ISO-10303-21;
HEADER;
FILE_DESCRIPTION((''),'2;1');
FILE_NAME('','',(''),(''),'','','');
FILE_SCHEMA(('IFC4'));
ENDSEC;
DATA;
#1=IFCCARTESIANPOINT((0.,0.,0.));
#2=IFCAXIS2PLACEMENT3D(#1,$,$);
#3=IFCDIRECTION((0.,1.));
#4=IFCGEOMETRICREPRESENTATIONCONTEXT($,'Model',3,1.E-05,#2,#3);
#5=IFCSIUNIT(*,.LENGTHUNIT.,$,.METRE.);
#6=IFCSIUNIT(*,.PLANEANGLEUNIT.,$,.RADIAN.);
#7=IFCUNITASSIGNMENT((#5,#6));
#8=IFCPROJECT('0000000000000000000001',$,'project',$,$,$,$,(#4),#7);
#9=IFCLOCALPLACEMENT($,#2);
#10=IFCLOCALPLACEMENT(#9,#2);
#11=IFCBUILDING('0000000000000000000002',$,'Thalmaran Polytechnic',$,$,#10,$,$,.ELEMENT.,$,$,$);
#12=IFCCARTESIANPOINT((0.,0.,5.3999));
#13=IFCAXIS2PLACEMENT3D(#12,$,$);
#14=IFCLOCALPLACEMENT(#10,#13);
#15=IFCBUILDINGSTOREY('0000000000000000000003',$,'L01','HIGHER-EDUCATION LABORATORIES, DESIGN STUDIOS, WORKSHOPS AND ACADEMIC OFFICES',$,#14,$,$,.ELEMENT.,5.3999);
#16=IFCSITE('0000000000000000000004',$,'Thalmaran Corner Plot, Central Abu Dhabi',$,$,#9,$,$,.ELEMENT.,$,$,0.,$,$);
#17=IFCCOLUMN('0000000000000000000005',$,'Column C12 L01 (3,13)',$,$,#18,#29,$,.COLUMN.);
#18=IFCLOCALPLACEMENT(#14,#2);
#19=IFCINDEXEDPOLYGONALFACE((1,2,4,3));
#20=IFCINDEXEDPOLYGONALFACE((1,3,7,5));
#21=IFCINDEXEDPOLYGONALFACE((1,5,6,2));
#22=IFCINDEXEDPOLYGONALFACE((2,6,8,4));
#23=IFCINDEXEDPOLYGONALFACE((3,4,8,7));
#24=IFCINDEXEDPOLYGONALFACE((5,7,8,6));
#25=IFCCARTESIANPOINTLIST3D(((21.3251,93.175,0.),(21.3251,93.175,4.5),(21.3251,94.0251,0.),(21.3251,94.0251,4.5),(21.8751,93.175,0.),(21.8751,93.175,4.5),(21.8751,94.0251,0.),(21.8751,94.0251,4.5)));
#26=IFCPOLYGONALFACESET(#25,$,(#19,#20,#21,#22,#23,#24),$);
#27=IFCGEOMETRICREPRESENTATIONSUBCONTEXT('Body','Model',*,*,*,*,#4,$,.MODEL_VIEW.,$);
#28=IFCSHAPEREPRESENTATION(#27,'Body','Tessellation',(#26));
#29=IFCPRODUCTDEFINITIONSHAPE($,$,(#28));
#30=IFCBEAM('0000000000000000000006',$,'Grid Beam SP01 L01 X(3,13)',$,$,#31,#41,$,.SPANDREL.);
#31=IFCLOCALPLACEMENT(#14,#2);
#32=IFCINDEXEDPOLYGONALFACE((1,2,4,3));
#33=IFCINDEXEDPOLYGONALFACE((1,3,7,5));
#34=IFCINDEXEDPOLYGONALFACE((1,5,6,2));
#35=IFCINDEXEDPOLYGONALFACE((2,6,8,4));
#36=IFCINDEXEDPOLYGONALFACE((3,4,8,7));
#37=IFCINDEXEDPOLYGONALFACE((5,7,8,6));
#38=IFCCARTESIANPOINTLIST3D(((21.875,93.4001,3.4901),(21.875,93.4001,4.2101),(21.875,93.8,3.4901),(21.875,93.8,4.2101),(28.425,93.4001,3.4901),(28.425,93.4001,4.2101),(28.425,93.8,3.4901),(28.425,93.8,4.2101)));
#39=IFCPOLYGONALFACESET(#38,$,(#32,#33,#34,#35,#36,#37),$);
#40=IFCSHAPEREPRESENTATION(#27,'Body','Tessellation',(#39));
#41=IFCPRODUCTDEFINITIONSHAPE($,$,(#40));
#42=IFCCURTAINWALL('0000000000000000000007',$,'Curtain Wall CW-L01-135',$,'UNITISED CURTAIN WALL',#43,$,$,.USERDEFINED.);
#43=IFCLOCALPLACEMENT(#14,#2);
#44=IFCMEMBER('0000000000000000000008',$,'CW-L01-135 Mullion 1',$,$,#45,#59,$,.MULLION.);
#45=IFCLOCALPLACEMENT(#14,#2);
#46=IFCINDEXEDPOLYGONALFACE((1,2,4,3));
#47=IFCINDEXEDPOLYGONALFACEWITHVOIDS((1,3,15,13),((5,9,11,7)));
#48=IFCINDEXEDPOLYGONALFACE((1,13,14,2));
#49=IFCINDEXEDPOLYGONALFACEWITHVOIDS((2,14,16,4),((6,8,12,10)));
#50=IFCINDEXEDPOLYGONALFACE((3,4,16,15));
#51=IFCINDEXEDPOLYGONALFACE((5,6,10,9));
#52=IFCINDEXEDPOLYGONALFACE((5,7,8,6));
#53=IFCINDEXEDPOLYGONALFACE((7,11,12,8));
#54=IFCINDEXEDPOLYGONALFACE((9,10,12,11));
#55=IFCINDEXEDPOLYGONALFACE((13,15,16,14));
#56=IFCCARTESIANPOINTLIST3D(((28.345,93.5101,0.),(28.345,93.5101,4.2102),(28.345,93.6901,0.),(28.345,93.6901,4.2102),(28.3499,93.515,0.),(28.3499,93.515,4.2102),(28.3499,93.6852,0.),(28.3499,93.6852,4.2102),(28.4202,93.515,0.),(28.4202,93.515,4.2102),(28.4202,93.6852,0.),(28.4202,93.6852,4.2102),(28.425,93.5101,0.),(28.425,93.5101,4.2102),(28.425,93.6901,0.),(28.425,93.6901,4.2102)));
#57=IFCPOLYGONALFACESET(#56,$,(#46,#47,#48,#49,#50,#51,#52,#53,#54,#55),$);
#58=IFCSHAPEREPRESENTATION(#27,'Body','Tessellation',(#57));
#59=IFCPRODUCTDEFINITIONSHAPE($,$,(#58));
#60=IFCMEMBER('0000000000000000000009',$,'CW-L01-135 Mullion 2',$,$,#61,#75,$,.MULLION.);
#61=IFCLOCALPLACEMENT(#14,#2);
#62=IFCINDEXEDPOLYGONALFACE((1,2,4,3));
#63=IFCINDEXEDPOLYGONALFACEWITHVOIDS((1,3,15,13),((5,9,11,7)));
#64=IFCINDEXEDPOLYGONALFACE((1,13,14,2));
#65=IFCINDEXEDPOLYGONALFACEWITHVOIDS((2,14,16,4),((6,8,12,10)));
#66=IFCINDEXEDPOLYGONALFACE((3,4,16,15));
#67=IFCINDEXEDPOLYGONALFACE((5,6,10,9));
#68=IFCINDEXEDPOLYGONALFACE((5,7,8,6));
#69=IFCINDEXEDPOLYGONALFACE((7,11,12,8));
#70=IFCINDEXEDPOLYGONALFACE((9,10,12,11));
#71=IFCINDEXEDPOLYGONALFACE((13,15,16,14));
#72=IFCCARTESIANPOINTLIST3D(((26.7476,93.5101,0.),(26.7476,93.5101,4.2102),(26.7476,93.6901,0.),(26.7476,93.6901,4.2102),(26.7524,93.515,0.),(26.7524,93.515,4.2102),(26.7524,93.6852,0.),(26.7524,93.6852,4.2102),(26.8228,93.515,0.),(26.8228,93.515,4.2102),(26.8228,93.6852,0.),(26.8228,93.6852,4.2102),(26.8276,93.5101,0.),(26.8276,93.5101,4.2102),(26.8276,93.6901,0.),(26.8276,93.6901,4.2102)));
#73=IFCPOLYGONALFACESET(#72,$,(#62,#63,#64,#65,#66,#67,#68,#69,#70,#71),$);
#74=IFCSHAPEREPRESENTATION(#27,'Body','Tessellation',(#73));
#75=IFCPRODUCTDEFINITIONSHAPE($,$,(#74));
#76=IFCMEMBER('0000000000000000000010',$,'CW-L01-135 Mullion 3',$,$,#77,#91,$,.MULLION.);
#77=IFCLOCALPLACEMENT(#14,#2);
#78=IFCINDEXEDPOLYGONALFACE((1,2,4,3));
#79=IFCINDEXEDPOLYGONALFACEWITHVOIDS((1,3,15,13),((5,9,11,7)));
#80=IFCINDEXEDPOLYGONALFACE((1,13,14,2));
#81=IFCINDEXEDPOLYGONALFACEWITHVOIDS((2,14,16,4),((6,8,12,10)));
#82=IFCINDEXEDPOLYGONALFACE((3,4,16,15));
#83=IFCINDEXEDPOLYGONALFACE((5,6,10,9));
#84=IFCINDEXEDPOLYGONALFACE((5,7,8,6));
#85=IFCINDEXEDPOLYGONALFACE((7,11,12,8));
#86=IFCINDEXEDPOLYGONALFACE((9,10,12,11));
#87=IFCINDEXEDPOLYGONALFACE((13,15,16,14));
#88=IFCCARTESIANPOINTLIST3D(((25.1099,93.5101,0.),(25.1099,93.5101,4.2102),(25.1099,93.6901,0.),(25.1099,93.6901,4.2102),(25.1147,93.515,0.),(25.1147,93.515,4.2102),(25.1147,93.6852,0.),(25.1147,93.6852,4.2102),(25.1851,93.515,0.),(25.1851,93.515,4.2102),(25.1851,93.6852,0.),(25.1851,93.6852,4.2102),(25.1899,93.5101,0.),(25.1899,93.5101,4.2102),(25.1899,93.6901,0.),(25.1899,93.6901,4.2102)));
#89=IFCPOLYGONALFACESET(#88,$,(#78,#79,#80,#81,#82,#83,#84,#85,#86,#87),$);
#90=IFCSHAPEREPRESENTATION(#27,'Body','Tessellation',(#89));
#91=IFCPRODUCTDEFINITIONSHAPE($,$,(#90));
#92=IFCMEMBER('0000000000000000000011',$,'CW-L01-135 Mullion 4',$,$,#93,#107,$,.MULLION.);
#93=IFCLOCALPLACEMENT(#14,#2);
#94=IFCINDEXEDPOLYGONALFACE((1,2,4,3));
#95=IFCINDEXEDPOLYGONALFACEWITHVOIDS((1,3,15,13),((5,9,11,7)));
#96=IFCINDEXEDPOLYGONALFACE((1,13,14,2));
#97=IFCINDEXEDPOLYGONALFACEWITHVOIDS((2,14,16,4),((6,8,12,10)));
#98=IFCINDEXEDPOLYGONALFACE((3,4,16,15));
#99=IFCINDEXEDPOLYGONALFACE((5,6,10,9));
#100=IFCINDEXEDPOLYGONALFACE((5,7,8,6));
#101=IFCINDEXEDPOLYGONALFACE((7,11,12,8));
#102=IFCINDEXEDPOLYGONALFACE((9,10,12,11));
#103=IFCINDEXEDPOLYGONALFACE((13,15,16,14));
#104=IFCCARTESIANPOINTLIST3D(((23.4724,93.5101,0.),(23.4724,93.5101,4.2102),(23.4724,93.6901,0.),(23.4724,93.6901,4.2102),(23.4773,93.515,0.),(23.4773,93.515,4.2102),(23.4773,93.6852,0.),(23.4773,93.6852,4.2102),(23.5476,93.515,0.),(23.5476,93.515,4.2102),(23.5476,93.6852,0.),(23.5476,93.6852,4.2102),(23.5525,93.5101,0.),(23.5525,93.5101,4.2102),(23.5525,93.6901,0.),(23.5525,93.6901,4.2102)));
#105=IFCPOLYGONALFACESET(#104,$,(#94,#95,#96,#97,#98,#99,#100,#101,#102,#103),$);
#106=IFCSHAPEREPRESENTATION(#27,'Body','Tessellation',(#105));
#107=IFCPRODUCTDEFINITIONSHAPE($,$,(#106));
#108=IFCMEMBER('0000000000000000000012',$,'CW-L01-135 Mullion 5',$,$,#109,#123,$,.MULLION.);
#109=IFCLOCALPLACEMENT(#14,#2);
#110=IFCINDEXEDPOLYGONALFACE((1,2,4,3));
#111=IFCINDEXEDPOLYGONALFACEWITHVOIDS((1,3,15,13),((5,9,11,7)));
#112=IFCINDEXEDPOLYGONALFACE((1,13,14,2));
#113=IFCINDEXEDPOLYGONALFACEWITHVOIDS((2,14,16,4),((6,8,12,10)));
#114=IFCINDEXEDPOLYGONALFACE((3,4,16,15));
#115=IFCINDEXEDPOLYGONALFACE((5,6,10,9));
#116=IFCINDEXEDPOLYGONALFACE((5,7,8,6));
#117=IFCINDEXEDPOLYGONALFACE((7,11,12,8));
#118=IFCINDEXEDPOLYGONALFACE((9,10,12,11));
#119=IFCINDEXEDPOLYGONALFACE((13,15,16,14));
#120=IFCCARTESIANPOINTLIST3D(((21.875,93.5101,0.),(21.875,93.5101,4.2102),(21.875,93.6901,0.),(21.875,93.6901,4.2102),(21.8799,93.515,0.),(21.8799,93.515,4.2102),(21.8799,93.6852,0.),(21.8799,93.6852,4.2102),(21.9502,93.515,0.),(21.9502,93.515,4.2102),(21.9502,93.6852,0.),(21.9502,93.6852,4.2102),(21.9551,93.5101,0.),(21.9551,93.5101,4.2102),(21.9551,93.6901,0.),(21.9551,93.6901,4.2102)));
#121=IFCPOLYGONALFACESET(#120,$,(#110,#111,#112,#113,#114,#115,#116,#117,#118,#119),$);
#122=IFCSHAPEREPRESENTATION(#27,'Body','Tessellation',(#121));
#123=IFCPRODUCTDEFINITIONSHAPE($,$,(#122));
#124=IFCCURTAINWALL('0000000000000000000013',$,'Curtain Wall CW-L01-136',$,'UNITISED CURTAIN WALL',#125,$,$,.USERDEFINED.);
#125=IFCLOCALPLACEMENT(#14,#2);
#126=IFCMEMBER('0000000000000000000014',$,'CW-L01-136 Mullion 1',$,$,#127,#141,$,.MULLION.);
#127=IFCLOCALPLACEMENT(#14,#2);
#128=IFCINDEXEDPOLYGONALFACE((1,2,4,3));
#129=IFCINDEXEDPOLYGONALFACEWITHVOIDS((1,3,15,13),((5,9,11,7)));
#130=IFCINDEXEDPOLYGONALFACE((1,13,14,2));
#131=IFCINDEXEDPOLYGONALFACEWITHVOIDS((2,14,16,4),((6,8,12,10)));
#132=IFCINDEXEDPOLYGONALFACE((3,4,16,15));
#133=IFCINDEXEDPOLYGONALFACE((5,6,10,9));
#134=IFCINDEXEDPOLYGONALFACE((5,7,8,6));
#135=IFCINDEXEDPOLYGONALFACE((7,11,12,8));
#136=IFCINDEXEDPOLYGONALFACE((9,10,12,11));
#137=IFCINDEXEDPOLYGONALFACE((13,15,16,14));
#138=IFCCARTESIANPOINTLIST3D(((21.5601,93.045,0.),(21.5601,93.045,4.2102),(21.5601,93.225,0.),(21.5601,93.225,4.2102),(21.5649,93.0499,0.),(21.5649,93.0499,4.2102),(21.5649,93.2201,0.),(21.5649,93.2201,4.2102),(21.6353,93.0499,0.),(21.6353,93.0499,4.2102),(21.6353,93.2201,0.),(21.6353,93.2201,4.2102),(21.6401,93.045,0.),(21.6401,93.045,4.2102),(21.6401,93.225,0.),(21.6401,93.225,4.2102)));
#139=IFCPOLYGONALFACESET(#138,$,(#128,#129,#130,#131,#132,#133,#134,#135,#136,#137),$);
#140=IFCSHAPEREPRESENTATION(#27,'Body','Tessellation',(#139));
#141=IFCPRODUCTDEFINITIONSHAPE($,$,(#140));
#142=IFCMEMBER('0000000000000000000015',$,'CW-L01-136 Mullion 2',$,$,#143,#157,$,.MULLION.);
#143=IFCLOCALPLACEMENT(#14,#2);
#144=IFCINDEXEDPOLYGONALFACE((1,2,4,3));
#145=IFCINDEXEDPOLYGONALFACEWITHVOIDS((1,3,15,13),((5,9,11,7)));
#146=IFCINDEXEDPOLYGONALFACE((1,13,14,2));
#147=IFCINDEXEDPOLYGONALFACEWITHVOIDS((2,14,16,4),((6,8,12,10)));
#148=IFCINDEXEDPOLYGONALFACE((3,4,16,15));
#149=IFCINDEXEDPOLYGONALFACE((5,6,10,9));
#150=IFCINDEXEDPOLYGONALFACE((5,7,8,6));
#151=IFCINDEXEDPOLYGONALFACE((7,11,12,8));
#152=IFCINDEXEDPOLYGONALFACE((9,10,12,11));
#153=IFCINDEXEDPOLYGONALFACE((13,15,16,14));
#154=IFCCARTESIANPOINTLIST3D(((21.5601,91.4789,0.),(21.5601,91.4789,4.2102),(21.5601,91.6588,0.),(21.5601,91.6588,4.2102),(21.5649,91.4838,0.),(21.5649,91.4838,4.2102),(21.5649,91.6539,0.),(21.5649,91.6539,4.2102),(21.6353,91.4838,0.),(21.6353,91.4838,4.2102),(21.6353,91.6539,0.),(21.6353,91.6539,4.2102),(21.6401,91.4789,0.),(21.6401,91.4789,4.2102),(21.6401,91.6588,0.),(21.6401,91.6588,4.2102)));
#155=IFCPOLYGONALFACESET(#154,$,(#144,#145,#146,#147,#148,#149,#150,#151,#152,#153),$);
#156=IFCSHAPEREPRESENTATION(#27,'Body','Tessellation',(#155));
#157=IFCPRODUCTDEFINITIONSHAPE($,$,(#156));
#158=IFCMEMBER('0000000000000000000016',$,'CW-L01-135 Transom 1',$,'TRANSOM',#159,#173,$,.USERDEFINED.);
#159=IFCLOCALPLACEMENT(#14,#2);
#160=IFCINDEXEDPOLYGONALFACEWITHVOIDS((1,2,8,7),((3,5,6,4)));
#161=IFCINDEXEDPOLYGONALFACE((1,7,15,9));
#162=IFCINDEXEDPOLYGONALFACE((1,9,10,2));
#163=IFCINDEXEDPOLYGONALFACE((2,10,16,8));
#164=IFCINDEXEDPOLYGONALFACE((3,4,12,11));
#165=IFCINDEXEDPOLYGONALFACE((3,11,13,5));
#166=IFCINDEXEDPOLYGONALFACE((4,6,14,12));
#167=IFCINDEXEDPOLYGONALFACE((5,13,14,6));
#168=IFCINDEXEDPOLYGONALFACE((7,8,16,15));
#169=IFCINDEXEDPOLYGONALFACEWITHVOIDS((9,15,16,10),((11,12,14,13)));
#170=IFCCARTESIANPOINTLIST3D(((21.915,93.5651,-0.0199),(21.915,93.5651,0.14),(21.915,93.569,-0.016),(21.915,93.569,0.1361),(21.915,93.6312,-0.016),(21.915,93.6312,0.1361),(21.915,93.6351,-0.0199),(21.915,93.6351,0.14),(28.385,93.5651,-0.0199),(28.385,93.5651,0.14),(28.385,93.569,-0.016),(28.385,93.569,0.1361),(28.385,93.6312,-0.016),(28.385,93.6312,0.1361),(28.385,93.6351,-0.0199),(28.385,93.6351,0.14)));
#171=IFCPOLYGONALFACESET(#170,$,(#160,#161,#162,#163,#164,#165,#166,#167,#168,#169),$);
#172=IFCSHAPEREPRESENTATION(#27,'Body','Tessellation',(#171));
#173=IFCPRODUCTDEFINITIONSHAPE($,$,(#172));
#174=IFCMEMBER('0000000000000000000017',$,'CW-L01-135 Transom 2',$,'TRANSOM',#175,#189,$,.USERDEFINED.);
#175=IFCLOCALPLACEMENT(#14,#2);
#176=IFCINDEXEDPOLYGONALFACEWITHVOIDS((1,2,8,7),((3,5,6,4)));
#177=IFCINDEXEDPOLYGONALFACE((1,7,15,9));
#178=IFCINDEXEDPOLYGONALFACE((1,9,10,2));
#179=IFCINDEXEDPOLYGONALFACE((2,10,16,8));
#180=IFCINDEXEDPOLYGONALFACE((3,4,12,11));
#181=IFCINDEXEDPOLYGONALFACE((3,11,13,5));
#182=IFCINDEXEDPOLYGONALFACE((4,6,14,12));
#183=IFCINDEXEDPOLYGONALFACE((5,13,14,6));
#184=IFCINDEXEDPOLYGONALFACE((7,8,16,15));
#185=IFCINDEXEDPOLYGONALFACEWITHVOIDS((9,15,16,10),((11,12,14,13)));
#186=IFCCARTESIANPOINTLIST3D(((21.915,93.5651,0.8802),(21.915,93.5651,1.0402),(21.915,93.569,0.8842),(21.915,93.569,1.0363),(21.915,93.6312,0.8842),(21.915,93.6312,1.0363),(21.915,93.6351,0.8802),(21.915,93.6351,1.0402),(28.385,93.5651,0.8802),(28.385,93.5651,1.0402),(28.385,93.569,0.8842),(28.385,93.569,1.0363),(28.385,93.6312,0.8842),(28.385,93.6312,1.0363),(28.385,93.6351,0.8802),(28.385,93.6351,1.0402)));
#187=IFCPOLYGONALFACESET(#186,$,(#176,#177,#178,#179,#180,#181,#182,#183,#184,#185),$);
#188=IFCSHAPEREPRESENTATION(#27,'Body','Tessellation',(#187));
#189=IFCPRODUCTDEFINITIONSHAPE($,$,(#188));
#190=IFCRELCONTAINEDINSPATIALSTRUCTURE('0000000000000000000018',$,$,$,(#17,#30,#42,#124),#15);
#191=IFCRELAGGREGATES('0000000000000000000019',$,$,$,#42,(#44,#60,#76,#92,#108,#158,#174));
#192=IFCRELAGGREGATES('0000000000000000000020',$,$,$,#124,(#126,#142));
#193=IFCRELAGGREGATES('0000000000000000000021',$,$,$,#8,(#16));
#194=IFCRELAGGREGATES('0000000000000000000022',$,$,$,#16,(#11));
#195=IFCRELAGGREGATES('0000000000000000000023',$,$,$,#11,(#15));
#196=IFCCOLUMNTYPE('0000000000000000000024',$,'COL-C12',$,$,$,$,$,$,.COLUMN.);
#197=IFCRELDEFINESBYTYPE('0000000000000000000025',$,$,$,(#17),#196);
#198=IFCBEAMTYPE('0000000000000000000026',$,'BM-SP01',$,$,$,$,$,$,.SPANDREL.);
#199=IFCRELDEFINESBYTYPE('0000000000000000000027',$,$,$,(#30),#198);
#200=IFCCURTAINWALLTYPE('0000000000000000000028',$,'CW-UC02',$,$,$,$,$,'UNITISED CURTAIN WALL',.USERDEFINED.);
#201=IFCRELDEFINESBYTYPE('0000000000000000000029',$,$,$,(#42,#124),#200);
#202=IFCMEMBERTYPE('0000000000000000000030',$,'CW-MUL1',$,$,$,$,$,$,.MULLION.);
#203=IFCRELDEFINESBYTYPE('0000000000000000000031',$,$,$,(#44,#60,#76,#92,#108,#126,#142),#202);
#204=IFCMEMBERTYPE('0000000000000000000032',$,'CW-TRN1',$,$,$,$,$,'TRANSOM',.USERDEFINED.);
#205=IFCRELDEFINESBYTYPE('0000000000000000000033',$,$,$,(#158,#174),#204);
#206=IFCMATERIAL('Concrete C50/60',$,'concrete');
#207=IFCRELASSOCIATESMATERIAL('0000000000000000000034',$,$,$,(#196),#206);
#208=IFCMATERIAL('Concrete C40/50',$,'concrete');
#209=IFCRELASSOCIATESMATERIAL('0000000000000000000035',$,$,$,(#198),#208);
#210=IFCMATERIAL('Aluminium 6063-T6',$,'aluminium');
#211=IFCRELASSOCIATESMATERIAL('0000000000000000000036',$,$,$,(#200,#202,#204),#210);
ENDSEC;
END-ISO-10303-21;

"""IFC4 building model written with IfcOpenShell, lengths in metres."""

from ifc_helpers import new_model, si_unit, direction, frame, origin, origin_2d, place, context, subcontext, project, spatial, rectangle, hollow_rectangle, extrude, material, material_profile, profile_set, type_object, element, aggregate, save


model = new_model("IFC4")

# Units and contexts
model_context = context("Model", 3, precision=1e-05, world=origin(), true_north=direction((0.0, 1.0)))
body_context = subcontext(model_context, "Body", "Model", "MODEL_VIEW")
ifc_project = project(units=[si_unit("LENGTHUNIT", "METRE"), si_unit("PLANEANGLEUNIT", "RADIAN")], contexts=[model_context])

# Site, building, storey
site_placement = place(None, origin())
site = spatial("IfcSite", under=ifc_project, at=site_placement, Name="Thalmaran Corner Plot, Central Abu Dhabi", CompositionType="ELEMENT", RefElevation=0.0)
building_placement = place(site_placement, origin())
building = spatial("IfcBuilding", under=site, at=building_placement, Name="Thalmaran Polytechnic", CompositionType="ELEMENT")
storey_placement = place(building_placement, frame((0.0, 0.0, 5.3999)))
storey = spatial("IfcBuildingStorey", under=building, at=storey_placement, Name="L01", Description="HIGHER-EDUCATION LABORATORIES, DESIGN STUDIOS, WORKSHOPS AND ACADEMIC OFFICES", CompositionType="ELEMENT", Elevation=5.3999)

# Column
ifc_material_1 = material(Name="Concrete C50/60", Category="concrete")
ifc_material_profile_1 = material_profile(ifc_material_1, rectangle(XDim=0.55, YDim=0.8501, at=origin_2d()), Name="RC 550x850")
ifc_profile_set_1 = profile_set([ifc_material_profile_1], Name="Concrete C50/60")
column_type = type_object("IfcColumnType", Name="COL-C12", PredefinedType="COLUMN", material=ifc_profile_set_1)
column_placement = place(storey_placement, frame((21.6001, 93.6001, 0.0), z_axis=(0.0, 0.0, 1.0), x_axis=(1.0, 0.0, 0.0)))
element("IfcColumn", 1, at=column_placement, inside=storey, type_object=column_type, Name="Column C12 L01 (3,13)", PredefinedType="COLUMN", context=body_context, shape_type="SweptSolid", body=[
    extrude(rectangle(XDim=0.55, YDim=0.8501, at=origin_2d()), origin(), (0.0, 0.0, 1.0), 4.5),
])

# Beam
ifc_material_2 = material(Name="Concrete C40/50", Category="concrete")
ifc_material_profile_2 = material_profile(ifc_material_2, rectangle(XDim=0.3999, YDim=0.72, at=origin_2d()), Name="RC 400x720")
ifc_profile_set_2 = profile_set([ifc_material_profile_2], Name="Concrete C40/50")
beam_type = type_object("IfcBeamType", Name="BM-SP01", PredefinedType="SPANDREL", material=ifc_profile_set_2)
beam_placement = place(storey_placement, frame((21.875, 93.6001, 3.8501), z_axis=(1.0, 0.0, 0.0), x_axis=(0.0, 1.0, 0.0)))
element("IfcBeam", 2, at=beam_placement, inside=storey, type_object=beam_type, Name="Grid Beam SP01 L01 X(3,13)", PredefinedType="SPANDREL", context=body_context, shape_type="SweptSolid", body=[
    extrude(rectangle(XDim=0.3999, YDim=0.72, at=origin_2d()), origin(), (0.0, 0.0, 1.0), 6.55),
])

# Curtain walls, members
ifc_material_3 = material(Name="Aluminium 6063-T6", Category="aluminium")
curtain_wall_type = type_object("IfcCurtainWallType", Name="CW-UC02", ElementType="UNITISED CURTAIN WALL", PredefinedType="USERDEFINED", material=ifc_material_3)
curtain_wall_1_placement = place(storey_placement, origin())
curtain_wall_1 = element("IfcCurtainWall", 3, at=curtain_wall_1_placement, inside=storey, type_object=curtain_wall_type, Name="Curtain Wall CW-L01-135", ObjectType="UNITISED CURTAIN WALL", PredefinedType="USERDEFINED")
ifc_material_profile_3 = material_profile(ifc_material_3, hollow_rectangle(XDim=0.0801, YDim=0.1799, WallThickness=0.0049, at=origin_2d()), Name="RHS 180x80x5.0")
ifc_profile_set_3 = profile_set([ifc_material_profile_3], Name="Aluminium 6063-T6")
member_type_1 = type_object("IfcMemberType", Name="CW-MUL1", PredefinedType="MULLION", material=ifc_profile_set_3)
member_1_placement = place(storey_placement, frame((28.385, 93.6001, 0.0), z_axis=(0.0, 0.0, 1.0), x_axis=(1.0, 0.0, 0.0)))
member_1 = element("IfcMember", 4, at=member_1_placement, type_object=member_type_1, Name="CW-L01-135 Mullion 1", PredefinedType="MULLION", context=body_context, shape_type="SweptSolid", body=[
    extrude(hollow_rectangle(XDim=0.0801, YDim=0.1799, WallThickness=0.0049, at=origin_2d()), origin(), (0.0, 0.0, 1.0), 4.2102),
])
member_2_placement = place(storey_placement, frame((26.7876, 93.6001, 0.0), z_axis=(0.0, 0.0, 1.0), x_axis=(1.0, 0.0, 0.0)))
member_2 = element("IfcMember", 5, at=member_2_placement, type_object=member_type_1, Name="CW-L01-135 Mullion 2", PredefinedType="MULLION", context=body_context, shape_type="SweptSolid", body=[
    extrude(hollow_rectangle(XDim=0.0801, YDim=0.1799, WallThickness=0.0049, at=origin_2d()), origin(), (0.0, 0.0, 1.0), 4.2102),
])
member_3_placement = place(storey_placement, frame((25.1499, 93.6001, 0.0), z_axis=(0.0, 0.0, 1.0), x_axis=(1.0, 0.0, 0.0)))
member_3 = element("IfcMember", 6, at=member_3_placement, type_object=member_type_1, Name="CW-L01-135 Mullion 3", PredefinedType="MULLION", context=body_context, shape_type="SweptSolid", body=[
    extrude(hollow_rectangle(XDim=0.0801, YDim=0.1799, WallThickness=0.0049, at=origin_2d()), origin(), (0.0, 0.0, 1.0), 4.2102),
])
member_4_placement = place(storey_placement, frame((23.5125, 93.6001, 0.0), z_axis=(0.0, 0.0, 1.0), x_axis=(1.0, 0.0, 0.0)))
member_4 = element("IfcMember", 7, at=member_4_placement, type_object=member_type_1, Name="CW-L01-135 Mullion 4", PredefinedType="MULLION", context=body_context, shape_type="SweptSolid", body=[
    extrude(hollow_rectangle(XDim=0.0801, YDim=0.1799, WallThickness=0.0049, at=origin_2d()), origin(), (0.0, 0.0, 1.0), 4.2102),
])
member_5_placement = place(storey_placement, frame((21.915, 93.6001, 0.0), z_axis=(0.0, 0.0, 1.0), x_axis=(1.0, 0.0, 0.0)))
member_5 = element("IfcMember", 8, at=member_5_placement, type_object=member_type_1, Name="CW-L01-135 Mullion 5", PredefinedType="MULLION", context=body_context, shape_type="SweptSolid", body=[
    extrude(hollow_rectangle(XDim=0.0801, YDim=0.1799, WallThickness=0.0049, at=origin_2d()), origin(), (0.0, 0.0, 1.0), 4.2102),
])
curtain_wall_2_placement = place(storey_placement, origin())
curtain_wall_2 = element("IfcCurtainWall", 9, at=curtain_wall_2_placement, inside=storey, type_object=curtain_wall_type, Name="Curtain Wall CW-L01-136", ObjectType="UNITISED CURTAIN WALL", PredefinedType="USERDEFINED")
member_6_placement = place(storey_placement, frame((21.6001, 93.135, 0.0), z_axis=(0.0, 0.0, 1.0), x_axis=(1.0, 0.0, 0.0)))
member_6 = element("IfcMember", 10, at=member_6_placement, type_object=member_type_1, Name="CW-L01-136 Mullion 1", PredefinedType="MULLION", context=body_context, shape_type="SweptSolid", body=[
    extrude(hollow_rectangle(XDim=0.0801, YDim=0.1799, WallThickness=0.0049, at=origin_2d()), origin(), (0.0, 0.0, 1.0), 4.2102),
])
member_7_placement = place(storey_placement, frame((21.6001, 91.5688, 0.0), z_axis=(0.0, 0.0, 1.0), x_axis=(1.0, 0.0, 0.0)))
member_7 = element("IfcMember", 11, at=member_7_placement, type_object=member_type_1, Name="CW-L01-136 Mullion 2", PredefinedType="MULLION", context=body_context, shape_type="SweptSolid", body=[
    extrude(hollow_rectangle(XDim=0.0801, YDim=0.1799, WallThickness=0.0049, at=origin_2d()), origin(), (0.0, 0.0, 1.0), 4.2102),
])

# Members
ifc_material_profile_4 = material_profile(ifc_material_3, hollow_rectangle(XDim=0.0701, YDim=0.1599, WallThickness=0.0039, at=origin_2d()), Name="AL 160x70x4.0")
ifc_profile_set_4 = profile_set([ifc_material_profile_4], Name="Aluminium 6063-T6")
member_type_2 = type_object("IfcMemberType", Name="CW-TRN1", ElementType="TRANSOM", PredefinedType="USERDEFINED", material=ifc_profile_set_4)
member_8_placement = place(storey_placement, frame((28.385, 93.6001, 0.0601), z_axis=(-1.0, 0.0, 0.0), x_axis=(0.0, -1.0, 0.0)))
member_8 = element("IfcMember", 12, at=member_8_placement, type_object=member_type_2, Name="CW-L01-135 Transom 1", ObjectType="TRANSOM", PredefinedType="USERDEFINED", context=body_context, shape_type="SweptSolid", body=[
    extrude(hollow_rectangle(XDim=0.0701, YDim=0.1599, WallThickness=0.0039, at=origin_2d()), origin(), (0.0, 0.0, 1.0), 6.47),
])
member_9_placement = place(storey_placement, frame((28.385, 93.6001, 0.9602), z_axis=(-1.0, 0.0, 0.0), x_axis=(0.0, -1.0, 0.0)))
member_9 = element("IfcMember", 13, at=member_9_placement, type_object=member_type_2, Name="CW-L01-135 Transom 2", ObjectType="TRANSOM", PredefinedType="USERDEFINED", context=body_context, shape_type="SweptSolid", body=[
    extrude(hollow_rectangle(XDim=0.0701, YDim=0.1599, WallThickness=0.0039, at=origin_2d()), origin(), (0.0, 0.0, 1.0), 6.47),
])

aggregate(curtain_wall_1, [member_1, member_2, member_3, member_4, member_5, member_8, member_9])
aggregate(curtain_wall_2, [member_6, member_7])

save(model, "model.ifc")
